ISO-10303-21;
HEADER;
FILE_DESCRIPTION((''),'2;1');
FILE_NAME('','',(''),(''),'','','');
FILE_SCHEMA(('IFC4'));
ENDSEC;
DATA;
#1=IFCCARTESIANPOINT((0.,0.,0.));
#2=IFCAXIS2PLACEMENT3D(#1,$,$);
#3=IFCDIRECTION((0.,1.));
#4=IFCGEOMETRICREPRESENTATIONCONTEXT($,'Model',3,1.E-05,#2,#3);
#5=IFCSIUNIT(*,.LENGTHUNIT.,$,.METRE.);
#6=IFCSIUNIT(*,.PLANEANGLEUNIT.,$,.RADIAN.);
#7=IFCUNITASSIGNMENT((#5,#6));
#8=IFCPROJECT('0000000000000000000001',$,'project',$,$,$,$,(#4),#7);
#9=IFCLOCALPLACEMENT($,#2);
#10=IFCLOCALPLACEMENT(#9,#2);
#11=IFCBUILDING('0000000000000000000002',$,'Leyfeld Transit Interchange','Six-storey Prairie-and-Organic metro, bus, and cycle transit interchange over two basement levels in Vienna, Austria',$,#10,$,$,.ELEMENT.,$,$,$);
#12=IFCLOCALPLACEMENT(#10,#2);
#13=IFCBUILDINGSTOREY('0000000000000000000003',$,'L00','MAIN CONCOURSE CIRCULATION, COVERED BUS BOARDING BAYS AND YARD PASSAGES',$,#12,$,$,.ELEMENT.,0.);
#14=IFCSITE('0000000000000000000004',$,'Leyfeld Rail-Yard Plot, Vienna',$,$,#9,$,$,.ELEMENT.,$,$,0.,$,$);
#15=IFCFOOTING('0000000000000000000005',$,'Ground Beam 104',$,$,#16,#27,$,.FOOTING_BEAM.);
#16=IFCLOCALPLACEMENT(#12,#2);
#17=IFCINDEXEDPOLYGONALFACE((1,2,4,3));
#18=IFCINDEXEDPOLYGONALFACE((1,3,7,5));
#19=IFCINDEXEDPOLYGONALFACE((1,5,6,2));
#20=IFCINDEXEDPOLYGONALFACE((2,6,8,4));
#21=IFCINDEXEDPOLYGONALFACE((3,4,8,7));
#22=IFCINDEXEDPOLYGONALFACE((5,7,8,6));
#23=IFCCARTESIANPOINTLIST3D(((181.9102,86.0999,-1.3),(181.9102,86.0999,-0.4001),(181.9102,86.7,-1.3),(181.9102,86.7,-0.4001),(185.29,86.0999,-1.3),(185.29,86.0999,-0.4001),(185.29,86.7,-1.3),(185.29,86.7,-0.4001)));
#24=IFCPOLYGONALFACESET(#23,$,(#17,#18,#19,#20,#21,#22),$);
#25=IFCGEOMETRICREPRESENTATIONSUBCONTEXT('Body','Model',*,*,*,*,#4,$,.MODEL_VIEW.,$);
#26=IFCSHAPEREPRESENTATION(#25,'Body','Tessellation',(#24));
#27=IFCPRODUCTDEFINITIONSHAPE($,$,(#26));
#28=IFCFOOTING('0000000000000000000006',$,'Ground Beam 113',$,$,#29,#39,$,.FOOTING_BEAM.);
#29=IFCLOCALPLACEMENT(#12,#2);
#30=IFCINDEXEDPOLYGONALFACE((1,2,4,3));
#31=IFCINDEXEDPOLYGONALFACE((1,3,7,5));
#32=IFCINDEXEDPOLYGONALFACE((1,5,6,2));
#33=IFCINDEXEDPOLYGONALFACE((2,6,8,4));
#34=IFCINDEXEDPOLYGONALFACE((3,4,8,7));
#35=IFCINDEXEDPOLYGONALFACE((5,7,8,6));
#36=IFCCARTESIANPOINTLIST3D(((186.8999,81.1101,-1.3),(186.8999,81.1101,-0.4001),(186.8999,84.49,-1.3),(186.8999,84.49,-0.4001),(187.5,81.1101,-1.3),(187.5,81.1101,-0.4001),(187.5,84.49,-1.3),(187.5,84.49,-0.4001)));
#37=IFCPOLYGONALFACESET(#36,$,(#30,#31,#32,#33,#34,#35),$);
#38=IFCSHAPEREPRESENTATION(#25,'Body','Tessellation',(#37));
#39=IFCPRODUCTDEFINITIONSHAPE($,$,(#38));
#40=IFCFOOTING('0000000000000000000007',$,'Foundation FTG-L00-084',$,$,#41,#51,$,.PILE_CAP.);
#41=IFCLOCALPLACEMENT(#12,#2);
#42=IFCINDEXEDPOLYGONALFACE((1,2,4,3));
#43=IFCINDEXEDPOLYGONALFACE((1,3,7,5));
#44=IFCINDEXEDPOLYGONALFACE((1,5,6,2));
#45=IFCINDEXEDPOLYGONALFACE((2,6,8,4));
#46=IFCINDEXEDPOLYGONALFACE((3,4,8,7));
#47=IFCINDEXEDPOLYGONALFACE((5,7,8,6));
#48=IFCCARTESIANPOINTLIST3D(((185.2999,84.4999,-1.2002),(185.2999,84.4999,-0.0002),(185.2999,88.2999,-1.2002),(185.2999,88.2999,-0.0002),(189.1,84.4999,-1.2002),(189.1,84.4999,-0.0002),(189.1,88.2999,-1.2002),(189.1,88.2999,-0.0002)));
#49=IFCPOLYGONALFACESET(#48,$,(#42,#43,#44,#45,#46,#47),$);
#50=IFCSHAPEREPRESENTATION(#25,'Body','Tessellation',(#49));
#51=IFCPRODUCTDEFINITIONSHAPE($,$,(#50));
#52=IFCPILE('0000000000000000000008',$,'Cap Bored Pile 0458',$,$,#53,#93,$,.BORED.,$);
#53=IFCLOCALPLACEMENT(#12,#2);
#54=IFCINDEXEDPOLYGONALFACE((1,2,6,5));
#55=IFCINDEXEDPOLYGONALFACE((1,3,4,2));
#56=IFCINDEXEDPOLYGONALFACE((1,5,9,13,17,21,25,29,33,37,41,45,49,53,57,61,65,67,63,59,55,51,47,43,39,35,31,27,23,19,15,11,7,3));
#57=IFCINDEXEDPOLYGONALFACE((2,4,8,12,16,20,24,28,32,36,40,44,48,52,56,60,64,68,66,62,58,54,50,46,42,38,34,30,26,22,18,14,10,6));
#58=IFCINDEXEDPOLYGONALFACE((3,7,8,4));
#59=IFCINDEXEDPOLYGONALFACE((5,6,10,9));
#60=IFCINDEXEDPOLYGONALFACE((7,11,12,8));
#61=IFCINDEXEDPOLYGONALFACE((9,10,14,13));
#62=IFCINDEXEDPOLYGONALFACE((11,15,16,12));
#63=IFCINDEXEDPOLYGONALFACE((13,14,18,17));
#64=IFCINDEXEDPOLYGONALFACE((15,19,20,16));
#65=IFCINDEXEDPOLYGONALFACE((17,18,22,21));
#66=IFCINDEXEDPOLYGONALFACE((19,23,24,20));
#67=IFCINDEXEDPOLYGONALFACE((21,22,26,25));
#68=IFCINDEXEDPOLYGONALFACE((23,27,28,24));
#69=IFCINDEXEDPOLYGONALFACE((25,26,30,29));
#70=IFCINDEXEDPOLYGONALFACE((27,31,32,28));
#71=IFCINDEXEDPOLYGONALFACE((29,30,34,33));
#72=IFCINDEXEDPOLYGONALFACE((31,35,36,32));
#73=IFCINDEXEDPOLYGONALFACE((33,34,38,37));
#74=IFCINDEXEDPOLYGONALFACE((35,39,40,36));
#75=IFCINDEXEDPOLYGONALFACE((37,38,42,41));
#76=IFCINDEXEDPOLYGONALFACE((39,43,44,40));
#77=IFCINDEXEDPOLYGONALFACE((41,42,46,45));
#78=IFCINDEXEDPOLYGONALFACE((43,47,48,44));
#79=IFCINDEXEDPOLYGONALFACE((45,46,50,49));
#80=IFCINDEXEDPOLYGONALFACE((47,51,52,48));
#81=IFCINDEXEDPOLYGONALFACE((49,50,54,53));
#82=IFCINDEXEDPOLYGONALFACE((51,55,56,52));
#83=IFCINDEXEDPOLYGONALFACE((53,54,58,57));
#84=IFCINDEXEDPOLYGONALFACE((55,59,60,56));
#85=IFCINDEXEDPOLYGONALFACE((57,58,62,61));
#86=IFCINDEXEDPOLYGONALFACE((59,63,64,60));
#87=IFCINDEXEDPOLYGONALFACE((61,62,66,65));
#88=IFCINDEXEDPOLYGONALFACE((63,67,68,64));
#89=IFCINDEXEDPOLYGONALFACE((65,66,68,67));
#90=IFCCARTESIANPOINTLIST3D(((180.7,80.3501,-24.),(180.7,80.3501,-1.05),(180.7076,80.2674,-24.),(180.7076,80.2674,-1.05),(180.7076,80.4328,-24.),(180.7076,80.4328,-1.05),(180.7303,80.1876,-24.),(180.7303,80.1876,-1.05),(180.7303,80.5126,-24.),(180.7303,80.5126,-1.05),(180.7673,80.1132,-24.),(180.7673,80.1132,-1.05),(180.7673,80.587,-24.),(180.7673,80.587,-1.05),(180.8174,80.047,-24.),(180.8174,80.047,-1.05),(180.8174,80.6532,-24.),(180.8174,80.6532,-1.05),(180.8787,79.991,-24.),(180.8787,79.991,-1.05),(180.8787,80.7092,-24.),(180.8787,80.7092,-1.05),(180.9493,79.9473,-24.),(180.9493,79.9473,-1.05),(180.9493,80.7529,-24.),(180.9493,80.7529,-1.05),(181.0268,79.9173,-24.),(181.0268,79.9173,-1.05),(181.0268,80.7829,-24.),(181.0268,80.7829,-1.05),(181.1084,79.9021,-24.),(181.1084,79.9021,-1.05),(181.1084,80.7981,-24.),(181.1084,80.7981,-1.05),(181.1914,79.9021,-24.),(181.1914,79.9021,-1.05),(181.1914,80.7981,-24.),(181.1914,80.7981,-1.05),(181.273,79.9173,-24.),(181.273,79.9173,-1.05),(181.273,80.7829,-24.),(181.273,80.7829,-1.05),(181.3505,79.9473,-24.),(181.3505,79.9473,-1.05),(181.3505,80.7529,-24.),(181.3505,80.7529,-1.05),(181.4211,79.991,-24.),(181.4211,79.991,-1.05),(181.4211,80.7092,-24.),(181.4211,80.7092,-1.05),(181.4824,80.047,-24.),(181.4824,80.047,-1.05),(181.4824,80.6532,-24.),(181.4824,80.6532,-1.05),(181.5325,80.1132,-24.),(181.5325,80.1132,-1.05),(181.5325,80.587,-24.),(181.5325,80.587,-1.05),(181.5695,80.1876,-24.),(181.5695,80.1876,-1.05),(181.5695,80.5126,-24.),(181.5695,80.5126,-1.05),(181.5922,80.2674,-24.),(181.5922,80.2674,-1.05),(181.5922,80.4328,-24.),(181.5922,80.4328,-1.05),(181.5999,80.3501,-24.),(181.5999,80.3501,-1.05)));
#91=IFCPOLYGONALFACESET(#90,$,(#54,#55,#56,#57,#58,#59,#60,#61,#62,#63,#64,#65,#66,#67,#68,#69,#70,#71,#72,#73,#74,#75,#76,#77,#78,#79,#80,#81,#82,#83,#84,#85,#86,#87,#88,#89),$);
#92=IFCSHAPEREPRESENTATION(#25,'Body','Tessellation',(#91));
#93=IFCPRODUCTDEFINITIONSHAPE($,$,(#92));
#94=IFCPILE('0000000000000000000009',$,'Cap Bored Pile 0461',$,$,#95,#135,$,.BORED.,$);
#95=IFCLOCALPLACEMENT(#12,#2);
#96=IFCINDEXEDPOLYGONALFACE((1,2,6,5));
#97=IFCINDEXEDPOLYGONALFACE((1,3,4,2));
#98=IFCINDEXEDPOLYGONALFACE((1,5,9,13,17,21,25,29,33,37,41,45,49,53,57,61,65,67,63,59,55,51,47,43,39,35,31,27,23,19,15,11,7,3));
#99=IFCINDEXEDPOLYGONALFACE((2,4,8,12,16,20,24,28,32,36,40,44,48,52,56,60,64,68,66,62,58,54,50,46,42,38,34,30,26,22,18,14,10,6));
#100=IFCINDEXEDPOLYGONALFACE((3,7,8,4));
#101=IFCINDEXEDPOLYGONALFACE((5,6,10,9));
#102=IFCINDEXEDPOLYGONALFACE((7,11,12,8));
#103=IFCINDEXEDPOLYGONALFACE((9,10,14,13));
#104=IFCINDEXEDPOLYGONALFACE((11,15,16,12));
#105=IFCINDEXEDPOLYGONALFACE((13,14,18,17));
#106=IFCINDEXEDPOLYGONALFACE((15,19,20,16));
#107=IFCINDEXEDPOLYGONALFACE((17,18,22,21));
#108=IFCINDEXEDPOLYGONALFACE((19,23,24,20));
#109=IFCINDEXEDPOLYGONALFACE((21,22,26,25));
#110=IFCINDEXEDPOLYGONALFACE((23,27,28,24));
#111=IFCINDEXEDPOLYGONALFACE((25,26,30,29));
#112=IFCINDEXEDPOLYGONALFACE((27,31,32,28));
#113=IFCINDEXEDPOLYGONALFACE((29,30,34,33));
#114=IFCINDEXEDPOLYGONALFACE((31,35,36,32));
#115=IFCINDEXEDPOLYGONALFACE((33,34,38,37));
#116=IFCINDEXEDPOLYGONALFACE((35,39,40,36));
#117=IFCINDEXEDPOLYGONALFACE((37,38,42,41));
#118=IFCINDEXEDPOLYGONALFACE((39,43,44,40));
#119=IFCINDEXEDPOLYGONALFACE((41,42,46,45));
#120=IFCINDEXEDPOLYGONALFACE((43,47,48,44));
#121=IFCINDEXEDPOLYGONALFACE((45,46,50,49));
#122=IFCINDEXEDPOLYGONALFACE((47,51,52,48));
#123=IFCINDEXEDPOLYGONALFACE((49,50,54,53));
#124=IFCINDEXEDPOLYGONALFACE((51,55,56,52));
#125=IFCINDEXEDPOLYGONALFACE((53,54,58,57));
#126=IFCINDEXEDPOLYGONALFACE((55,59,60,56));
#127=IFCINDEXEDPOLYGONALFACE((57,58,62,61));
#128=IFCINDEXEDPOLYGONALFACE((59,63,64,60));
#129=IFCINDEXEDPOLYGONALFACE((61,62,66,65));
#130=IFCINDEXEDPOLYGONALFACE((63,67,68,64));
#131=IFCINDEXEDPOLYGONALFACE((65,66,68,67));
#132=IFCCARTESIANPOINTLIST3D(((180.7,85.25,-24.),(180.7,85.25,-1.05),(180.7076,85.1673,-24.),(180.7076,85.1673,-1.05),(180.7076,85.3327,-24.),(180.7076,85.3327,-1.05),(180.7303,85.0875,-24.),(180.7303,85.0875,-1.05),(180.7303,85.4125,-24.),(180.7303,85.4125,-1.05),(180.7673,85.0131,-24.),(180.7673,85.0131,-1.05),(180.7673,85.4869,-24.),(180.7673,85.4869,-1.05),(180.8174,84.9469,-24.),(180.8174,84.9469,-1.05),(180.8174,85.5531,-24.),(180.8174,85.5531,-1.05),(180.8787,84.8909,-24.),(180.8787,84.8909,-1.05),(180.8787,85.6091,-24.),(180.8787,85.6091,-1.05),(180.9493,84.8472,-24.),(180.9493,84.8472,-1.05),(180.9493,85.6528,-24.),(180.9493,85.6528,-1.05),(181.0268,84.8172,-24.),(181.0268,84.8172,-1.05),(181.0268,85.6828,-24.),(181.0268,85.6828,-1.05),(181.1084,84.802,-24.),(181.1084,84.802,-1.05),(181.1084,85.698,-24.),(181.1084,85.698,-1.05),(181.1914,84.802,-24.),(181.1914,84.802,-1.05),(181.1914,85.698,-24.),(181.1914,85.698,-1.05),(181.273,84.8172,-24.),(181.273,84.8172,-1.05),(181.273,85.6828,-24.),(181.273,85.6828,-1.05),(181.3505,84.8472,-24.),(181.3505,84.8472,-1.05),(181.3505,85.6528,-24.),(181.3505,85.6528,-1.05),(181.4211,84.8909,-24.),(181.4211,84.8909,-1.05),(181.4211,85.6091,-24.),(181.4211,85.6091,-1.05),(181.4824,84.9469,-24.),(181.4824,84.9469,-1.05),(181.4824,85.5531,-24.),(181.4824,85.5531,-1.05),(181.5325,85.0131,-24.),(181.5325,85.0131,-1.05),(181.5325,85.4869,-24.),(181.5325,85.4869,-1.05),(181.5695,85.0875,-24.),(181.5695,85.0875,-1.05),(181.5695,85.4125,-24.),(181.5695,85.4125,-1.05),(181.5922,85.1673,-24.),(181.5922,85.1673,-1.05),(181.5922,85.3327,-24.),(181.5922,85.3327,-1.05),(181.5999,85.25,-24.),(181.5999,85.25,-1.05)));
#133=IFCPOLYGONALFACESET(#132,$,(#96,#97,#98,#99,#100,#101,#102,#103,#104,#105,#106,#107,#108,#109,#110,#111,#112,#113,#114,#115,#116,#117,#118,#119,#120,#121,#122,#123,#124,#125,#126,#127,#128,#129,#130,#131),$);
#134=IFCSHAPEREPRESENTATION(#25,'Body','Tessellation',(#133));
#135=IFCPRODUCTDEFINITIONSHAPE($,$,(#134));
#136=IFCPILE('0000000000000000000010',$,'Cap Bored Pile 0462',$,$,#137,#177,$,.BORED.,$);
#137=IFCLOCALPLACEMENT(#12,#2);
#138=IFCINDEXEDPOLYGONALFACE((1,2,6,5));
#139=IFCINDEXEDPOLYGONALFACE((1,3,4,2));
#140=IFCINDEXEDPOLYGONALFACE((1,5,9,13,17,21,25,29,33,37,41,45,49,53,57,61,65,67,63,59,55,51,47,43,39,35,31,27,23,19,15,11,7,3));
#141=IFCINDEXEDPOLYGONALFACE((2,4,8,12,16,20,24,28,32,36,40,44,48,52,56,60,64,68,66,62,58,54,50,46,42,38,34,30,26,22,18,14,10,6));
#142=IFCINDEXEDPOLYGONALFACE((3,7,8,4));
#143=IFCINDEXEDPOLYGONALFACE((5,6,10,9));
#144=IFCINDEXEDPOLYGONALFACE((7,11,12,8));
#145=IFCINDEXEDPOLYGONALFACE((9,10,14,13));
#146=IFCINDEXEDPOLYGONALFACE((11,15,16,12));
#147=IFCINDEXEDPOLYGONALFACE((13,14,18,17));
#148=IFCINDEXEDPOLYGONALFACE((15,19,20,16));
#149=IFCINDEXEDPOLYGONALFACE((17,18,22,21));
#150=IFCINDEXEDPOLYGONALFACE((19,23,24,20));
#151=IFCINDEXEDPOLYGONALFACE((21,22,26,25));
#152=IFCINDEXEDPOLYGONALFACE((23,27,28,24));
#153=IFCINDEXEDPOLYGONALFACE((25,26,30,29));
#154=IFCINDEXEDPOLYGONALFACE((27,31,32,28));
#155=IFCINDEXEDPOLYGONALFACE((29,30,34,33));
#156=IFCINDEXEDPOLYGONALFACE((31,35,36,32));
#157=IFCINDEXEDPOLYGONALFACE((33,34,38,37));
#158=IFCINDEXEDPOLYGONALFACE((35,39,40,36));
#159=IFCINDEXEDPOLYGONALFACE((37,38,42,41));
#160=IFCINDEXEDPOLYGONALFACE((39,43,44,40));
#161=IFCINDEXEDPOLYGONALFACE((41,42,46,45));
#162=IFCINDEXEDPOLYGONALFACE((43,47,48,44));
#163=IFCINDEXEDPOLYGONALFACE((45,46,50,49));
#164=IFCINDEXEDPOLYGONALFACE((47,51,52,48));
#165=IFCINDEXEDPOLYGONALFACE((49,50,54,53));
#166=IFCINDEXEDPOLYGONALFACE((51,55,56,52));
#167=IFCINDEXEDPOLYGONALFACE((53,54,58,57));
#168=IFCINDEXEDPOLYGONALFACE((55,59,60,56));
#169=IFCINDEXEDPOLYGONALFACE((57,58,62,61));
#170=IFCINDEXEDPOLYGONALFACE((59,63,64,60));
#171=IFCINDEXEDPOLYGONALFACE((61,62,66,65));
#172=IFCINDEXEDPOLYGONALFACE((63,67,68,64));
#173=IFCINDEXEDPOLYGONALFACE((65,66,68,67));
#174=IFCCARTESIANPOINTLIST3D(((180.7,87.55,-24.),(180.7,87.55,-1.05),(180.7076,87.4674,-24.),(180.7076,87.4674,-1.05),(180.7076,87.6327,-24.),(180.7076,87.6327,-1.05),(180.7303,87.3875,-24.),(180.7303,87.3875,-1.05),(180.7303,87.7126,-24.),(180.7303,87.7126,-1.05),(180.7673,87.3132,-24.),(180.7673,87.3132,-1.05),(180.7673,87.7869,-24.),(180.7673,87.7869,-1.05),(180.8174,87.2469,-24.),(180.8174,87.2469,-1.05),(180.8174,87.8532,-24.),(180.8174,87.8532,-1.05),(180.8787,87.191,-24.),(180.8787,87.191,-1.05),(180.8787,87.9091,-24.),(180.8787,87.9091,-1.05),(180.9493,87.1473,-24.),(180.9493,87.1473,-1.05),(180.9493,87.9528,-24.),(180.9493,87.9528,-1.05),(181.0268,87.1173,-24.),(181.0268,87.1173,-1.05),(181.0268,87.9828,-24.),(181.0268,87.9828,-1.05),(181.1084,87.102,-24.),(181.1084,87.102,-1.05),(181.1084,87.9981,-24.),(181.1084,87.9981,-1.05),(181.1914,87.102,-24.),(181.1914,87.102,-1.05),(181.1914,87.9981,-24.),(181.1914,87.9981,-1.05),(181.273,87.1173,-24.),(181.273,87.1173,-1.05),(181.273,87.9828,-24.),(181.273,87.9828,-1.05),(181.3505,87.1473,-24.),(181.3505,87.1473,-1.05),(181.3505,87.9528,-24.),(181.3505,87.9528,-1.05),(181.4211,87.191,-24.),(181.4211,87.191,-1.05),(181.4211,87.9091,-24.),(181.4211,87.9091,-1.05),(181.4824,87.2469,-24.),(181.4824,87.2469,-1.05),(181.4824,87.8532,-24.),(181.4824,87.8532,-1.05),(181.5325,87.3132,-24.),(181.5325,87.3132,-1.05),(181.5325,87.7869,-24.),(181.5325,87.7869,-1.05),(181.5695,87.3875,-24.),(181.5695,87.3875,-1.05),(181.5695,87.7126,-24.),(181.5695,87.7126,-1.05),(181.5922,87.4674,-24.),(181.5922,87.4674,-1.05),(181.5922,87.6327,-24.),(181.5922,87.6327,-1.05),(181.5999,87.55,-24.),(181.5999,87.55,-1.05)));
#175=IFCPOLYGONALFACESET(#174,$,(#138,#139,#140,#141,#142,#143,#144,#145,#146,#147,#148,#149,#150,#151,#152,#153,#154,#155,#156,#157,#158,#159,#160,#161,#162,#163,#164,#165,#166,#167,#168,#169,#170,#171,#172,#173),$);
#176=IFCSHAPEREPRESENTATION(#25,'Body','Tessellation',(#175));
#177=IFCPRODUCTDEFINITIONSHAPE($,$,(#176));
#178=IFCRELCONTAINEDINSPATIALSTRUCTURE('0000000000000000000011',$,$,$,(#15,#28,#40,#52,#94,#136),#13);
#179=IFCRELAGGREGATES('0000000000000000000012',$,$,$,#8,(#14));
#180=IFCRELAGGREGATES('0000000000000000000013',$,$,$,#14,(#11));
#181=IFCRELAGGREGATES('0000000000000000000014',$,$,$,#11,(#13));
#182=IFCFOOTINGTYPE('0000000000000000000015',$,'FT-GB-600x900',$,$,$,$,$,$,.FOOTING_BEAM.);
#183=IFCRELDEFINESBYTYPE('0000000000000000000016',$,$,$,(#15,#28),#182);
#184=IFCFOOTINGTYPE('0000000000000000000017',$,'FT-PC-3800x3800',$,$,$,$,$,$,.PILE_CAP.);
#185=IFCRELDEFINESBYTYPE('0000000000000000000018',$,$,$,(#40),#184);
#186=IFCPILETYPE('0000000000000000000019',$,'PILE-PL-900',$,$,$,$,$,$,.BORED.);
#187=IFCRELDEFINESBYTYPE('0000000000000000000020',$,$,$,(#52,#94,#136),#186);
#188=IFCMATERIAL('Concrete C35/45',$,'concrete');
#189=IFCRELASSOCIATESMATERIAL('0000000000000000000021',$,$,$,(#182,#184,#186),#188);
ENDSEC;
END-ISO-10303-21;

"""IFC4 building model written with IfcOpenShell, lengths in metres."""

from ifc_helpers import new_model, si_unit, direction, frame, origin, origin_2d, place, context, subcontext, project, spatial, rectangle, circle, extrude, material, material_profile, profile_set, type_object, element, save


model = new_model("IFC4")

# Units and contexts
model_context = context("Model", 3, precision=1e-05, world=origin(), true_north=direction((0.0, 1.0)))
body_context = subcontext(model_context, "Body", "Model", "MODEL_VIEW")
ifc_project = project(units=[si_unit("LENGTHUNIT", "METRE"), si_unit("PLANEANGLEUNIT", "RADIAN")], contexts=[model_context])

# Site, building, storey
site_placement = place(None, origin())
site = spatial("IfcSite", under=ifc_project, at=site_placement, Name="Leyfeld Rail-Yard Plot, Vienna", CompositionType="ELEMENT", RefElevation=0.0)
building_placement = place(site_placement, origin())
building = spatial("IfcBuilding", under=site, at=building_placement, Name="Leyfeld Transit Interchange", Description="Six-storey Prairie-and-Organic metro, bus, and cycle transit interchange over two basement levels in Vienna, Austria", CompositionType="ELEMENT")
storey_placement = place(building_placement, origin())
storey = spatial("IfcBuildingStorey", under=building, at=storey_placement, Name="L00", Description="MAIN CONCOURSE CIRCULATION, COVERED BUS BOARDING BAYS AND YARD PASSAGES", CompositionType="ELEMENT", Elevation=0.0)

# Footings
ifc_material_1 = material(Name="Concrete C35/45", Category="concrete")
footing_type_1 = type_object("IfcFootingType", Name="FT-GB-600x900", PredefinedType="FOOTING_BEAM", material=ifc_material_1)
footing_1_placement = place(storey_placement, frame((183.6001, 86.3999, -1.3), z_axis=(0.0, 0.0, 1.0), x_axis=(1.0, 0.0, 0.0)))
element("IfcFooting", 1, at=footing_1_placement, inside=storey, type_object=footing_type_1, Name="Ground Beam 104", PredefinedType="FOOTING_BEAM", context=body_context, shape_type="SweptSolid", body=[
    extrude(rectangle(XDim=3.3799, YDim=0.6001, at=origin_2d()), origin(), (0.0, 0.0, 1.0), 0.8999),
])
footing_2_placement = place(storey_placement, frame((187.2, 82.8, -1.3), z_axis=(0.0, 0.0, 1.0), x_axis=(1.0, 0.0, 0.0)))
element("IfcFooting", 2, at=footing_2_placement, inside=storey, type_object=footing_type_1, Name="Ground Beam 113", PredefinedType="FOOTING_BEAM", context=body_context, shape_type="SweptSolid", body=[
    extrude(rectangle(XDim=0.6001, YDim=3.3799, at=origin_2d()), origin(), (0.0, 0.0, 1.0), 0.8999),
])
footing_type_2 = type_object("IfcFootingType", Name="FT-PC-3800x3800", PredefinedType="PILE_CAP", material=ifc_material_1)
footing_3_placement = place(storey_placement, frame((187.2, 86.3999, -1.2002), z_axis=(0.0, 0.0, 1.0), x_axis=(1.0, 0.0, 0.0)))
element("IfcFooting", 3, at=footing_3_placement, inside=storey, type_object=footing_type_2, Name="Foundation FTG-L00-084", PredefinedType="PILE_CAP", context=body_context, shape_type="SweptSolid", body=[
    extrude(rectangle(XDim=3.8, YDim=3.8, at=origin_2d()), origin(), (0.0, 0.0, 1.0), 1.2),
])

# Piles
ifc_material_profile_1 = material_profile(ifc_material_1, circle(Radius=0.45, at=origin_2d()), Name="PILE D900")
ifc_profile_set_1 = profile_set([ifc_material_profile_1], Name="Concrete C35/45")
pile_type = type_object("IfcPileType", Name="PILE-PL-900", PredefinedType="BORED", material=ifc_profile_set_1)
for number, where, z_axis, x_axis, name in (
    (4, (181.1499, 80.3501, -1.05), (0.0, 0.0, -1.0), (1.0, 0.0, 0.0), "Cap Bored Pile 0458"),
    (5, (181.1499, 85.25, -1.05), (0.0, 0.0, -1.0), (1.0, 0.0, 0.0), "Cap Bored Pile 0461"),
    (6, (181.1499, 87.55, -1.05), (0.0, 0.0, -1.0), (1.0, 0.0, 0.0), "Cap Bored Pile 0462"),
):
    element("IfcPile", number, at=place(storey_placement, frame(where, z_axis=z_axis, x_axis=x_axis)), inside=storey, type_object=pile_type, Name=name, PredefinedType="BORED", context=body_context, shape_type="SweptSolid", body=[
        extrude(circle(Radius=0.45, at=origin_2d()), origin(), (0.0, 0.0, 1.0), 22.95),
    ])

save(model, "model.ifc")
